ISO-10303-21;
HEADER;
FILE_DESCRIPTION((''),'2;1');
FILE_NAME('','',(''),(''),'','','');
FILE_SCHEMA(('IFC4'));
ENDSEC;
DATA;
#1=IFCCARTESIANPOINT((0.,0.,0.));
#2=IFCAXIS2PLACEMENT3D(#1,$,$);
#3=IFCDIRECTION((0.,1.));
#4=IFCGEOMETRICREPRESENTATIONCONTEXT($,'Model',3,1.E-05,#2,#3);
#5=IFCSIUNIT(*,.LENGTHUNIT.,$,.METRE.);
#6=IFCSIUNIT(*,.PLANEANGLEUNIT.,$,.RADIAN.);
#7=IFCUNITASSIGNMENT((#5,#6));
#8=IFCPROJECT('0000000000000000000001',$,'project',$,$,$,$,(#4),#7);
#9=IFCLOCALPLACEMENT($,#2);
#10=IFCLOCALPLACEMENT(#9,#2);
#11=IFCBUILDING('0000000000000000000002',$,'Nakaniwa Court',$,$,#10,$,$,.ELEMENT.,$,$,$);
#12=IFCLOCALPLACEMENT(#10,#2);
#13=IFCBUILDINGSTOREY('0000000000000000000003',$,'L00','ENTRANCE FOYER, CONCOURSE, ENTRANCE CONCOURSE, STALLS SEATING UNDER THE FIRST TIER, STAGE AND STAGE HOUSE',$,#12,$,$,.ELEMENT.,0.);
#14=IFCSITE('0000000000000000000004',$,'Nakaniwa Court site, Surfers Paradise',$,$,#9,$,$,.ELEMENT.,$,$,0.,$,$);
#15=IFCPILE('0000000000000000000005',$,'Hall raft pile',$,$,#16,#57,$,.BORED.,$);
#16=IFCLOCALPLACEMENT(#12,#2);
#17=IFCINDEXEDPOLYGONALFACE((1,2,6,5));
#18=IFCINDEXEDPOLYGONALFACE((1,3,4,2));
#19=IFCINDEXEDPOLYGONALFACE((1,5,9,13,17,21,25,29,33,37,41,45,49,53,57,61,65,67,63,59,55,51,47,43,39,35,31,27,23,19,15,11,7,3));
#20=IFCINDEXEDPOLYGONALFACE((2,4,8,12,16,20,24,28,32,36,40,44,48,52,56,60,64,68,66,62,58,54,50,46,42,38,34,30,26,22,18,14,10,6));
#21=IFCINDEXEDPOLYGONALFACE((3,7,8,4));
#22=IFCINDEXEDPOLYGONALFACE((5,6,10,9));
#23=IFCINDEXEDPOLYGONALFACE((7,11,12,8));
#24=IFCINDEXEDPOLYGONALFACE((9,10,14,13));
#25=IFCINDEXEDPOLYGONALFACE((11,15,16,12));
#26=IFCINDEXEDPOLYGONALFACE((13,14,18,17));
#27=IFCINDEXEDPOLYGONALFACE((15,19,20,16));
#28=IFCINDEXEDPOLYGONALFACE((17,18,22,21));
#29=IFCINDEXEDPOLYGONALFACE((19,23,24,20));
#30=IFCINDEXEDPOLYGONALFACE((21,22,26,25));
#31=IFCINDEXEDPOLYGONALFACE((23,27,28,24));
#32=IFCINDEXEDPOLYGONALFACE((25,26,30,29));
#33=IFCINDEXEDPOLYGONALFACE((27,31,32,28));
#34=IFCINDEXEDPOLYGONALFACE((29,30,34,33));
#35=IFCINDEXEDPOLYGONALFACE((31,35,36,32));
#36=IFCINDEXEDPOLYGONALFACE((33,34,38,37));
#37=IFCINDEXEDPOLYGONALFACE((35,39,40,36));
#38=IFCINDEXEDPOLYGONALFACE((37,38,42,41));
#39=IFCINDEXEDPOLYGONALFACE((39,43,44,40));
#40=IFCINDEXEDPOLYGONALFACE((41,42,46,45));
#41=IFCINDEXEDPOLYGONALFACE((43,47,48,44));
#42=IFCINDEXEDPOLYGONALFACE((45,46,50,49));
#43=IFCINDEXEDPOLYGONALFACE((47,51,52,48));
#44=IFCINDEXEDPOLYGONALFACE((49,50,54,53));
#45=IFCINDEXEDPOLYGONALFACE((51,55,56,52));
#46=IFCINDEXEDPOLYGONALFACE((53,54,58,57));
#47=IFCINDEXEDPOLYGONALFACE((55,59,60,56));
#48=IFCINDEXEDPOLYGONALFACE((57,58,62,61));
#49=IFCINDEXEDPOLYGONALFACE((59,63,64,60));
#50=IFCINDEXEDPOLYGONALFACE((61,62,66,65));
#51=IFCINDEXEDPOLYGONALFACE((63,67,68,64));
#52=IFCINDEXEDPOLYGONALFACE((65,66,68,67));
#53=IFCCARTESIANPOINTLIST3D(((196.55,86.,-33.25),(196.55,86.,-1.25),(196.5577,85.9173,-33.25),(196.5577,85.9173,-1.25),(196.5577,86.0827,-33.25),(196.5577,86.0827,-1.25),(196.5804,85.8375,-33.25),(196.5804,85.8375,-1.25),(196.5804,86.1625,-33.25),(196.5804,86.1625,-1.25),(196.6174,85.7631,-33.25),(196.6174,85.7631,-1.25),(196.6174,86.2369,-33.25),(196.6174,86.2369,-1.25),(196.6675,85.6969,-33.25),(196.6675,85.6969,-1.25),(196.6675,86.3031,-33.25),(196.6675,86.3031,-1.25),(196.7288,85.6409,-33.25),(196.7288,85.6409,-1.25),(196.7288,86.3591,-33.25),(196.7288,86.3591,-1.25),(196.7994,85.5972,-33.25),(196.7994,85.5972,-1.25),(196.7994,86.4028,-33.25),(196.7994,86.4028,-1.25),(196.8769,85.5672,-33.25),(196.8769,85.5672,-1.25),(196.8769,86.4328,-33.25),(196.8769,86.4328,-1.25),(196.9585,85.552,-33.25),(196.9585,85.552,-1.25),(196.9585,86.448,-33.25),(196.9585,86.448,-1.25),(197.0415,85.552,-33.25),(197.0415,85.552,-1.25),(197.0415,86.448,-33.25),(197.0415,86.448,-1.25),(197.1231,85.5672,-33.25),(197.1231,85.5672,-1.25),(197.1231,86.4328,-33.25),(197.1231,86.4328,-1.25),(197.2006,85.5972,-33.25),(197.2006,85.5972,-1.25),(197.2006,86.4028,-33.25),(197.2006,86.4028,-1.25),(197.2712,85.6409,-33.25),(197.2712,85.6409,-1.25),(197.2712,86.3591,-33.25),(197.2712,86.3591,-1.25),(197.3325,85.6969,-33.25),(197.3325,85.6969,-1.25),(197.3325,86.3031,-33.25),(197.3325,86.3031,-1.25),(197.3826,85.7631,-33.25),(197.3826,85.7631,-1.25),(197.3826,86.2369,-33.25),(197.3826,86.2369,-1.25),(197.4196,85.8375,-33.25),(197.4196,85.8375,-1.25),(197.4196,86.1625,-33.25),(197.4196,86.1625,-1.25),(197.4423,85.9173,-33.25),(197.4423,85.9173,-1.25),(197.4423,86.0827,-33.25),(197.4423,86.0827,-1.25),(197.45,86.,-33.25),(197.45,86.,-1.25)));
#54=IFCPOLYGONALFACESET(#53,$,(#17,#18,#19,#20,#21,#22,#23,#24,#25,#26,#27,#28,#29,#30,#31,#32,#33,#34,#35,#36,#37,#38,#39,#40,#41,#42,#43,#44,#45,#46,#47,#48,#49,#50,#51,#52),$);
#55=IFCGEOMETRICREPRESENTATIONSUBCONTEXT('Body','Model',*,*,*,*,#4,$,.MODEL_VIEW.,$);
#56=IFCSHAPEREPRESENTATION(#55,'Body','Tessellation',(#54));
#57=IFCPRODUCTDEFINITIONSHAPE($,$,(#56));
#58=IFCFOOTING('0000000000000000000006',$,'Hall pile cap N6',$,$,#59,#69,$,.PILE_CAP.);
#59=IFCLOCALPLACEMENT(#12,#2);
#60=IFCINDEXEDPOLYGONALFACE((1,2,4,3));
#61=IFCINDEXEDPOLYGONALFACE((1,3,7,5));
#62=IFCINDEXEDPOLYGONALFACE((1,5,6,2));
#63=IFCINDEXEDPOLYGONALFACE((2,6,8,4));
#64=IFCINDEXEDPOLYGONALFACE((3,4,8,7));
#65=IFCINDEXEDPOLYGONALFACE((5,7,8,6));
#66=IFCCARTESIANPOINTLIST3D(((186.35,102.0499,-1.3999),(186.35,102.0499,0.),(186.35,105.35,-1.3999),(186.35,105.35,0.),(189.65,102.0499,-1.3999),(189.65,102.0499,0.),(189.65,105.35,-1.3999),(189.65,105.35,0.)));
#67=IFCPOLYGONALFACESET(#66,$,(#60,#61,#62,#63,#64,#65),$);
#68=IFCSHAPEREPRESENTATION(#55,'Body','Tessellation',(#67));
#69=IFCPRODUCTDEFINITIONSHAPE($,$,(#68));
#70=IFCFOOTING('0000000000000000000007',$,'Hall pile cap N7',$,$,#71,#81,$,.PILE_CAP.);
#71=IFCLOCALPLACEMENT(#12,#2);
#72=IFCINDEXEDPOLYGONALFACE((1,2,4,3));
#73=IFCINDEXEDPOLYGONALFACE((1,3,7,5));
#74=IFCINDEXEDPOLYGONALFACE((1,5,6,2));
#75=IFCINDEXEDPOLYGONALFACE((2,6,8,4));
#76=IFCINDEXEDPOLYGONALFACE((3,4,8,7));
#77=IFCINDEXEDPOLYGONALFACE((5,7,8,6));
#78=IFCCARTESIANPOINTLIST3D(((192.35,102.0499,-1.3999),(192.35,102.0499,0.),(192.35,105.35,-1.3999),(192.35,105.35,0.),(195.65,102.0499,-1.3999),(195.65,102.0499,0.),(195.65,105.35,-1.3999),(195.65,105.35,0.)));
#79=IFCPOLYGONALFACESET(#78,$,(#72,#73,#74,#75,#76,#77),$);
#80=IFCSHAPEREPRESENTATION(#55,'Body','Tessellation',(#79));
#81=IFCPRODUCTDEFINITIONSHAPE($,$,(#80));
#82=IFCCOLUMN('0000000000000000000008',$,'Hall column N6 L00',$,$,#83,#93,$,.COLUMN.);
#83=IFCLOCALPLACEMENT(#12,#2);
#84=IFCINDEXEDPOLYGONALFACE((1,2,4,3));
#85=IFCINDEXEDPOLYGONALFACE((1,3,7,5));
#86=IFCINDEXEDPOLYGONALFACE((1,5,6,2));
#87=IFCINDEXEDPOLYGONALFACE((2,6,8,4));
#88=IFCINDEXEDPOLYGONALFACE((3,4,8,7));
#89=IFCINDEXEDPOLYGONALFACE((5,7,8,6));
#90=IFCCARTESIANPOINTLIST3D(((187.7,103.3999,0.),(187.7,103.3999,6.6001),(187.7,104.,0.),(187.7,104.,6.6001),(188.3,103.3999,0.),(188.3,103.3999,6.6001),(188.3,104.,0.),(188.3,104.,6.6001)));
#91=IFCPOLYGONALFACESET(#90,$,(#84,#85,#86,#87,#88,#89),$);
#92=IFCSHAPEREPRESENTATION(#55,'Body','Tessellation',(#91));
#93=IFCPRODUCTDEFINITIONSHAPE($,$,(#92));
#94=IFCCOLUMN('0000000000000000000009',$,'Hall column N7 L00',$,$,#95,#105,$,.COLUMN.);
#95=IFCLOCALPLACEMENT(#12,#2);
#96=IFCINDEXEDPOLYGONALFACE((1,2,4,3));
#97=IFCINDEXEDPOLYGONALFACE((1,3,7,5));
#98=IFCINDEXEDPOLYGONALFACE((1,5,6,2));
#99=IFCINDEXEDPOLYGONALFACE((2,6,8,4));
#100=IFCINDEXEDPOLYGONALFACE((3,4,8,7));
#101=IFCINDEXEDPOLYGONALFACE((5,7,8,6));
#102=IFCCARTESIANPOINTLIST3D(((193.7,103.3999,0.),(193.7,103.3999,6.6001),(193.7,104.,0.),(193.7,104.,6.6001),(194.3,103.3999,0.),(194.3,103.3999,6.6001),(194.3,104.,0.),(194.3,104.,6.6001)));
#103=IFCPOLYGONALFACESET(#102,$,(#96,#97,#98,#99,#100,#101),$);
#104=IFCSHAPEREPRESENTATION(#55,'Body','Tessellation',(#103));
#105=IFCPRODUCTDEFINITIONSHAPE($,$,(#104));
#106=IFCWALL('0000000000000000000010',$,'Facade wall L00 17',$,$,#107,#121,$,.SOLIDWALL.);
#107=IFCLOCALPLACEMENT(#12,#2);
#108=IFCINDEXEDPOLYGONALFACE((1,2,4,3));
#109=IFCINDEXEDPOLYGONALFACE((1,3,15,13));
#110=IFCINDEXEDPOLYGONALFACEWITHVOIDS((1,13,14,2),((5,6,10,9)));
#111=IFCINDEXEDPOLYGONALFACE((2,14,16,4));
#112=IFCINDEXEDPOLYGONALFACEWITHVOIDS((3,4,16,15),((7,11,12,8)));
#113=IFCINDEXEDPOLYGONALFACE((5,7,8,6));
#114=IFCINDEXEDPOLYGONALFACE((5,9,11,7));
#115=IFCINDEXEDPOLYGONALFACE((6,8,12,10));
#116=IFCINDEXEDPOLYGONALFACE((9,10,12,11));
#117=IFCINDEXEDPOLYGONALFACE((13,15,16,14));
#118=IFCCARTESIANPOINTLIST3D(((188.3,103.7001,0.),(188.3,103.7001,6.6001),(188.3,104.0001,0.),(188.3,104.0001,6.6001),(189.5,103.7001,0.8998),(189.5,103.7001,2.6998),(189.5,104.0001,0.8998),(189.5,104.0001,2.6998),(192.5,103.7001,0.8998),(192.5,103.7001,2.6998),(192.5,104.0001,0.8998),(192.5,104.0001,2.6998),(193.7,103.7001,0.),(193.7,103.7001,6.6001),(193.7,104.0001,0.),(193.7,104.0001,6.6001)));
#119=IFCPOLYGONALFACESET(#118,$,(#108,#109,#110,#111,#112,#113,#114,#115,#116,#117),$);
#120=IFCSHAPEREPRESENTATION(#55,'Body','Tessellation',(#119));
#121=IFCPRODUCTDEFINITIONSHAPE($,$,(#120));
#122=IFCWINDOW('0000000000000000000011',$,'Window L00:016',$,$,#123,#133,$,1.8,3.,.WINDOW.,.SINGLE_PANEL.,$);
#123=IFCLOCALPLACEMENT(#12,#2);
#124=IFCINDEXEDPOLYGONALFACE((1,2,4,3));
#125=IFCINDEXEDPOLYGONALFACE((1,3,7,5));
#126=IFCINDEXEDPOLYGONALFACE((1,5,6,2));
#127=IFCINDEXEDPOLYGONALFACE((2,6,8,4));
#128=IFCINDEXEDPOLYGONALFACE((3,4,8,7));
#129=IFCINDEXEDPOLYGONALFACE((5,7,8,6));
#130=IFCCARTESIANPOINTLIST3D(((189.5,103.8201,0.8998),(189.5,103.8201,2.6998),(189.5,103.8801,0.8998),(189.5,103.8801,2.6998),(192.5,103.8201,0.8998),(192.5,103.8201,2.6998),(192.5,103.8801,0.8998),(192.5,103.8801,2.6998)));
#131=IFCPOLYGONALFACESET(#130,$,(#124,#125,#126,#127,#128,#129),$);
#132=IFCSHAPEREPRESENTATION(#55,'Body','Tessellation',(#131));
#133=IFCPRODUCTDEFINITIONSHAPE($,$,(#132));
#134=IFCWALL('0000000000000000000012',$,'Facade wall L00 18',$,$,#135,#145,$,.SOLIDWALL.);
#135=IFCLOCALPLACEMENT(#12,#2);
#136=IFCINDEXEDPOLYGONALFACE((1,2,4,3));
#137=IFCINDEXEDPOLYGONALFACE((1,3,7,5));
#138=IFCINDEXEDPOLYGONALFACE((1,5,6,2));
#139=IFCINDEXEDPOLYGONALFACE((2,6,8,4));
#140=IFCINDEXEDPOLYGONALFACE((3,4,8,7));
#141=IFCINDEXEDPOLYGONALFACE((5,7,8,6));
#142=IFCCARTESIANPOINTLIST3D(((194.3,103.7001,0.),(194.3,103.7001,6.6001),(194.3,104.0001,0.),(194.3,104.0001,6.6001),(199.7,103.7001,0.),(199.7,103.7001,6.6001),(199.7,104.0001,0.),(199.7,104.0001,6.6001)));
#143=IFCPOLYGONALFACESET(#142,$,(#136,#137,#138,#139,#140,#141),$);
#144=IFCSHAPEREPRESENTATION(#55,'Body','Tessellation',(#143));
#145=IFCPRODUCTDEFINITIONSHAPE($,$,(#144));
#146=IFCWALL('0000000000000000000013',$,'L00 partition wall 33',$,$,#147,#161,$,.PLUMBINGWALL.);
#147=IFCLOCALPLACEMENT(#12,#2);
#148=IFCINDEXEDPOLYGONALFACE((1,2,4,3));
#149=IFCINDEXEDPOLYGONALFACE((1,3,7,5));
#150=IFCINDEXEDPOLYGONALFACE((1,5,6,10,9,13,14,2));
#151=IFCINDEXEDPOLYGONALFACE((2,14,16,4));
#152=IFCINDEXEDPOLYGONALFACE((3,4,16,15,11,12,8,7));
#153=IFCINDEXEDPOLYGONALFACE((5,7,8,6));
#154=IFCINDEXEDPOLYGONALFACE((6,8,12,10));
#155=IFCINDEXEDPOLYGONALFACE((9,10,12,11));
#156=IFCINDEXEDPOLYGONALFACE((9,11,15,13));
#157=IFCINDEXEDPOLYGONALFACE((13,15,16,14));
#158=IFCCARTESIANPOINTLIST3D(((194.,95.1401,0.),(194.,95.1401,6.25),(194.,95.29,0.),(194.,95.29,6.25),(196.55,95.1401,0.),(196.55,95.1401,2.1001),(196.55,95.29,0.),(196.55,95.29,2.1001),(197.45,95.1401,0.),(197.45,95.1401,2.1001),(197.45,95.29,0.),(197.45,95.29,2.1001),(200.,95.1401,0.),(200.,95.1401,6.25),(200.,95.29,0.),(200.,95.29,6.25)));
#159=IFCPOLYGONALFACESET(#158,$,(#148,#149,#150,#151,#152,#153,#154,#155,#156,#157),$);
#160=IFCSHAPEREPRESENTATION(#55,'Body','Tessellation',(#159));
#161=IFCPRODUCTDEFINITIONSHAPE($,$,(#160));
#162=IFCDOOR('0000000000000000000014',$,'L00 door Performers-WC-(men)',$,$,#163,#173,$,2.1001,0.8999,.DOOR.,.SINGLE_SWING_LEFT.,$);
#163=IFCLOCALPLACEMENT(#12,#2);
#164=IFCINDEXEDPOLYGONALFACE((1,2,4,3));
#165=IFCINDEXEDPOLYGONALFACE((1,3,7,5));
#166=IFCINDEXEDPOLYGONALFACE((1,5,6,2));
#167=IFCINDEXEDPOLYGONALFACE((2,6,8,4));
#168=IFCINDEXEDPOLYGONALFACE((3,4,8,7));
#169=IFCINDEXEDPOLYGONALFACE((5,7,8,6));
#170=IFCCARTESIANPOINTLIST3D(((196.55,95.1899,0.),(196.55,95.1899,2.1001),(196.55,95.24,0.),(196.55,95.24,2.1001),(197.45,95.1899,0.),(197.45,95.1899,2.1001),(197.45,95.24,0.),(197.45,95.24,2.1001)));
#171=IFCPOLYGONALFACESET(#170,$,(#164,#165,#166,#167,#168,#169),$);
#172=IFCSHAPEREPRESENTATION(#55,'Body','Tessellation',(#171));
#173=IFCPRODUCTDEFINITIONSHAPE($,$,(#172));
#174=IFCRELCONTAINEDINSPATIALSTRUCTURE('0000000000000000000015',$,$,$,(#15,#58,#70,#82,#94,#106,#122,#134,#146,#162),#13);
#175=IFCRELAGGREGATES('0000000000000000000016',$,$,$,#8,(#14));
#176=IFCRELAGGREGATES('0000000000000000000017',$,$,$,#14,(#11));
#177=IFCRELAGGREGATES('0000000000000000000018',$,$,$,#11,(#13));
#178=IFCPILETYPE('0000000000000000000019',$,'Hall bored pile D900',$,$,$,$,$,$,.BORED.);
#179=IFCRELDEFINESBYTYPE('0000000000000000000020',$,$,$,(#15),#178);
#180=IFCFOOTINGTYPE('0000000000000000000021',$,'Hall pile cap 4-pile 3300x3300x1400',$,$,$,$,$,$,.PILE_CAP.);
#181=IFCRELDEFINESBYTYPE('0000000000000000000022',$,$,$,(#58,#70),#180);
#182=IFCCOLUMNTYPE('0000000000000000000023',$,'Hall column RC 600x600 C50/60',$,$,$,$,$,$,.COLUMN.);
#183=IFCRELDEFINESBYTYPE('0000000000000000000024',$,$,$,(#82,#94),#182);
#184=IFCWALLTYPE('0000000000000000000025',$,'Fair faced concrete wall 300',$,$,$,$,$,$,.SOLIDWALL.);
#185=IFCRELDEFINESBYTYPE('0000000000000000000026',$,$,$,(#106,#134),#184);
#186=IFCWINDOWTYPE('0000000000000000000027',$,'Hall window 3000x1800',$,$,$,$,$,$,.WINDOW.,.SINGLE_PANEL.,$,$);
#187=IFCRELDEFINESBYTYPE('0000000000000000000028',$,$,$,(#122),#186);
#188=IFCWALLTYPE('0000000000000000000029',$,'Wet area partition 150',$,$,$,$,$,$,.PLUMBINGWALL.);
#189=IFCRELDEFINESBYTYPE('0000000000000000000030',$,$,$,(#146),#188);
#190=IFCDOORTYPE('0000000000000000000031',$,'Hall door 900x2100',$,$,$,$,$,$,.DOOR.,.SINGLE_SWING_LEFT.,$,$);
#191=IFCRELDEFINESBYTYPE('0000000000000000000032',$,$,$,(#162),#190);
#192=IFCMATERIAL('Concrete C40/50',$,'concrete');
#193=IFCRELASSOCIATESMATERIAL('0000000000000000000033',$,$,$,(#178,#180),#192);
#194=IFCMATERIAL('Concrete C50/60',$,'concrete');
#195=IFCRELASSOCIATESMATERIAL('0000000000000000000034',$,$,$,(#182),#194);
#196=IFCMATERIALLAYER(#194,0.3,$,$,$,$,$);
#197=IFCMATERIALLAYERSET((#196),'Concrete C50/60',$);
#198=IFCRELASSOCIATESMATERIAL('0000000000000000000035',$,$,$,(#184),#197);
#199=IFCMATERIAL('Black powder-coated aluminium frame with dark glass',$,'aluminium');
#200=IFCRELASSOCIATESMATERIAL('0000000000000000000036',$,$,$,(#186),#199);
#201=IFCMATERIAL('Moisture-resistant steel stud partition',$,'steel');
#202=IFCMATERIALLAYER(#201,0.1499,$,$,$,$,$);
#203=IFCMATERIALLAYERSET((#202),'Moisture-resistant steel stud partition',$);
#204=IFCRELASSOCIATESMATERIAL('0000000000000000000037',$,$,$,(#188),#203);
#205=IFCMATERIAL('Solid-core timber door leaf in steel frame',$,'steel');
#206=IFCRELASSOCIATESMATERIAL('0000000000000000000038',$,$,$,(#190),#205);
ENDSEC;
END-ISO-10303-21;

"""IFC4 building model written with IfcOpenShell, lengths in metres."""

from ifc_helpers import new_model, si_unit, direction, frame, frame_2d, origin, origin_2d, place, context, subcontext, project, spatial, rectangle, circle, extrude, material, layer, layer_set, material_profile, profile_set, type_object, element, fill, save


model = new_model("IFC4")

# Units and contexts
model_context = context("Model", 3, precision=1e-05, world=origin(), true_north=direction((0.0, 1.0)))
body_context = subcontext(model_context, "Body", "Model", "MODEL_VIEW")
ifc_project = project(units=[si_unit("LENGTHUNIT", "METRE"), si_unit("PLANEANGLEUNIT", "RADIAN")], contexts=[model_context])

# Site, building, storey
site_placement = place(None, origin())
site = spatial("IfcSite", under=ifc_project, at=site_placement, Name="Nakaniwa Court site, Surfers Paradise", CompositionType="ELEMENT", RefElevation=0.0)
building_placement = place(site_placement, origin())
building = spatial("IfcBuilding", under=site, at=building_placement, Name="Nakaniwa Court", CompositionType="ELEMENT")
storey_placement = place(building_placement, origin())
storey = spatial("IfcBuildingStorey", under=building, at=storey_placement, Name="L00", Description="ENTRANCE FOYER, CONCOURSE, ENTRANCE CONCOURSE, STALLS SEATING UNDER THE FIRST TIER, STAGE AND STAGE HOUSE", CompositionType="ELEMENT", Elevation=0.0)

# Pile
ifc_material_1 = material(Name="Concrete C40/50", Category="concrete")
ifc_material_profile_1 = material_profile(ifc_material_1, circle(Radius=0.45, at=origin_2d()), Name="Bored pile D900")
ifc_profile_set_1 = profile_set([ifc_material_profile_1], Name="Concrete C40/50")
pile_type = type_object("IfcPileType", Name="Hall bored pile D900", PredefinedType="BORED", material=ifc_profile_set_1)
for number, where, z_axis, x_axis, name in (
    (1, (197.0, 86.0, -1.25), (0.0, 0.0, -1.0), (1.0, 0.0, 0.0), "Hall raft pile"),
):
    element("IfcPile", number, at=place(storey_placement, frame(where, z_axis=z_axis, x_axis=x_axis)), inside=storey, type_object=pile_type, Name=name, PredefinedType="BORED", context=body_context, shape_type="SweptSolid", body=[
        extrude(circle(Radius=0.45, at=origin_2d()), origin(), (0.0, 0.0, 1.0), 32.0),
    ])

# Footings
footing_type = type_object("IfcFootingType", Name="Hall pile cap 4-pile 3300x3300x1400", PredefinedType="PILE_CAP", material=ifc_material_1)
for number, where, z_axis, x_axis, name in (
    (2, (188.0, 103.7, -1.3999), (0.0, 0.0, 1.0), (1.0, 0.0, 0.0), "Hall pile cap N6"),
    (3, (194.0, 103.7, -1.3999), (0.0, 0.0, 1.0), (1.0, 0.0, 0.0), "Hall pile cap N7"),
):
    element("IfcFooting", number, at=place(storey_placement, frame(where, z_axis=z_axis, x_axis=x_axis)), inside=storey, type_object=footing_type, Name=name, PredefinedType="PILE_CAP", context=body_context, shape_type="SweptSolid", body=[
        extrude(rectangle(XDim=3.3, YDim=3.3, at=origin_2d()), origin(), (0.0, 0.0, 1.0), 1.3999),
    ])

# Columns
ifc_material_2 = material(Name="Concrete C50/60", Category="concrete")
ifc_material_profile_2 = material_profile(ifc_material_2, rectangle(XDim=0.6001, YDim=0.6001, at=origin_2d()), Name="RC 600x600")
ifc_profile_set_2 = profile_set([ifc_material_profile_2], Name="Concrete C50/60")
column_type = type_object("IfcColumnType", Name="Hall column RC 600x600 C50/60", PredefinedType="COLUMN", material=ifc_profile_set_2)
for number, where, z_axis, x_axis, name in (
    (4, (188.0, 103.7, 0.0), (0.0, 0.0, 1.0), (1.0, 0.0, 0.0), "Hall column N6 L00"),
    (5, (194.0, 103.7, 0.0), (0.0, 0.0, 1.0), (1.0, 0.0, 0.0), "Hall column N7 L00"),
):
    element("IfcColumn", number, at=place(storey_placement, frame(where, z_axis=z_axis, x_axis=x_axis)), inside=storey, type_object=column_type, Name=name, PredefinedType="COLUMN", context=body_context, shape_type="SweptSolid", body=[
        extrude(rectangle(XDim=0.6001, YDim=0.6001, at=origin_2d()), origin(), (0.0, 0.0, 1.0), 6.6001),
    ])

# Shared definitions
ifc_layer_1 = layer(ifc_material_2, 0.3)
ifc_layer_set_1 = layer_set([ifc_layer_1], Name="Concrete C50/60")
wall_type_1 = type_object("IfcWallType", Name="Fair faced concrete wall 300", PredefinedType="SOLIDWALL", material=ifc_layer_set_1)

# Wall, opening, window
wall_1_placement = place(storey_placement, frame((188.3, 103.8501, 0.0), z_axis=(0.0, 0.0, 1.0), x_axis=(1.0, 0.0, 0.0)))
wall_1 = element("IfcWall", 6, at=wall_1_placement, inside=storey, type_object=wall_type_1, Name="Facade wall L00 17", PredefinedType="SOLIDWALL", context=body_context, shape_type="SweptSolid", body=[
    extrude(rectangle(XDim=5.3999, YDim=0.3, at=frame_2d((2.7, 0.0))), origin(), (0.0, 0.0, 1.0), 6.6001),
])
opening_1_placement = place(wall_1_placement, frame((1.2, 0.0, 0.8999)))
opening_1 = element("IfcOpeningElement", 7, at=opening_1_placement, cuts=wall_1, PredefinedType="OPENING", context=body_context, shape_type="SweptSolid", body=[
    extrude(rectangle(XDim=3.0, YDim=1.8, at=frame_2d((1.5, 0.8999))), frame((0.0, 0.1599, 0.0), z_axis=(0.0, -1.0, 0.0), x_axis=(1.0, 0.0, 0.0)), (0.0, 0.0, 1.0), 0.3201),
])
ifc_material_3 = material(Name="Black powder-coated aluminium frame with dark glass", Category="aluminium")
window_type = type_object("IfcWindowType", Name="Hall window 3000x1800", PartitioningType="SINGLE_PANEL", PredefinedType="WINDOW", material=ifc_material_3)
window_placement = place(opening_1_placement, origin())
window = element("IfcWindow", 8, at=window_placement, inside=storey, type_object=window_type, Name="Window L00:016", OverallHeight=1.8, OverallWidth=3.0, PartitioningType="SINGLE_PANEL", PredefinedType="WINDOW", context=body_context, shape_type="SweptSolid", body=[
    extrude(rectangle(XDim=3.0, YDim=1.8, at=frame_2d((1.5, 0.8999))), frame((0.0, 0.03, 0.0), z_axis=(0.0, -1.0, 0.0), x_axis=(1.0, 0.0, 0.0)), (0.0, 0.0, 1.0), 0.0601),
])
fill(opening_1, window)

# Wall
wall_2_placement = place(storey_placement, frame((194.3, 103.8501, 0.0), z_axis=(0.0, 0.0, 1.0), x_axis=(1.0, 0.0, 0.0)))
element("IfcWall", 9, at=wall_2_placement, inside=storey, type_object=wall_type_1, Name="Facade wall L00 18", PredefinedType="SOLIDWALL", context=body_context, shape_type="SweptSolid", body=[
    extrude(rectangle(XDim=5.3999, YDim=0.3, at=frame_2d((2.7, 0.0))), origin(), (0.0, 0.0, 1.0), 6.6001),
])

# Wall, opening, door
ifc_material_4 = material(Name="Moisture-resistant steel stud partition", Category="steel")
ifc_layer_2 = layer(ifc_material_4, 0.1499)
ifc_layer_set_2 = layer_set([ifc_layer_2], Name="Moisture-resistant steel stud partition")
wall_type_2 = type_object("IfcWallType", Name="Wet area partition 150", PredefinedType="PLUMBINGWALL", material=ifc_layer_set_2)
wall_3_placement = place(storey_placement, frame((194.0, 95.2151, 0.0), z_axis=(0.0, 0.0, 1.0), x_axis=(1.0, 0.0, 0.0)))
wall_3 = element("IfcWall", 10, at=wall_3_placement, inside=storey, type_object=wall_type_2, Name="L00 partition wall 33", PredefinedType="PLUMBINGWALL", context=body_context, shape_type="SweptSolid", body=[
    extrude(rectangle(XDim=6.0, YDim=0.1499, at=frame_2d((3.0, 0.0))), origin(), (0.0, 0.0, 1.0), 6.25),
])
opening_2_placement = place(wall_3_placement, frame((2.55, 0.0, 0.0)))
opening_2 = element("IfcOpeningElement", 11, at=opening_2_placement, cuts=wall_3, PredefinedType="OPENING", context=body_context, shape_type="SweptSolid", body=[
    extrude(rectangle(XDim=0.8999, YDim=2.1001, at=frame_2d((0.45, 1.05))), frame((0.0, 0.085, 0.0), z_axis=(0.0, -1.0, 0.0), x_axis=(1.0, 0.0, 0.0)), (0.0, 0.0, 1.0), 0.1699),
])
ifc_material_5 = material(Name="Solid-core timber door leaf in steel frame", Category="steel")
door_type_1 = type_object("IfcDoorType", Name="Hall door 900x2100", OperationType="SINGLE_SWING_LEFT", PredefinedType="DOOR", material=ifc_material_5)
door_1_placement = place(opening_2_placement, origin())
door_1 = element("IfcDoor", 12, at=door_1_placement, inside=storey, type_object=door_type_1, Name="L00 door Performers-WC-(men)", OperationType="SINGLE_SWING_LEFT", OverallHeight=2.1001, OverallWidth=0.8999, PredefinedType="DOOR", context=body_context, shape_type="SweptSolid", body=[
    extrude(rectangle(XDim=0.8999, YDim=2.1001, at=frame_2d((0.45, 1.05))), frame((0.0, 0.0249, 0.0), z_axis=(0.0, -1.0, 0.0), x_axis=(1.0, 0.0, 0.0)), (0.0, 0.0, 1.0), 0.05),
])
fill(opening_2, door_1)

save(model, "model.ifc")
